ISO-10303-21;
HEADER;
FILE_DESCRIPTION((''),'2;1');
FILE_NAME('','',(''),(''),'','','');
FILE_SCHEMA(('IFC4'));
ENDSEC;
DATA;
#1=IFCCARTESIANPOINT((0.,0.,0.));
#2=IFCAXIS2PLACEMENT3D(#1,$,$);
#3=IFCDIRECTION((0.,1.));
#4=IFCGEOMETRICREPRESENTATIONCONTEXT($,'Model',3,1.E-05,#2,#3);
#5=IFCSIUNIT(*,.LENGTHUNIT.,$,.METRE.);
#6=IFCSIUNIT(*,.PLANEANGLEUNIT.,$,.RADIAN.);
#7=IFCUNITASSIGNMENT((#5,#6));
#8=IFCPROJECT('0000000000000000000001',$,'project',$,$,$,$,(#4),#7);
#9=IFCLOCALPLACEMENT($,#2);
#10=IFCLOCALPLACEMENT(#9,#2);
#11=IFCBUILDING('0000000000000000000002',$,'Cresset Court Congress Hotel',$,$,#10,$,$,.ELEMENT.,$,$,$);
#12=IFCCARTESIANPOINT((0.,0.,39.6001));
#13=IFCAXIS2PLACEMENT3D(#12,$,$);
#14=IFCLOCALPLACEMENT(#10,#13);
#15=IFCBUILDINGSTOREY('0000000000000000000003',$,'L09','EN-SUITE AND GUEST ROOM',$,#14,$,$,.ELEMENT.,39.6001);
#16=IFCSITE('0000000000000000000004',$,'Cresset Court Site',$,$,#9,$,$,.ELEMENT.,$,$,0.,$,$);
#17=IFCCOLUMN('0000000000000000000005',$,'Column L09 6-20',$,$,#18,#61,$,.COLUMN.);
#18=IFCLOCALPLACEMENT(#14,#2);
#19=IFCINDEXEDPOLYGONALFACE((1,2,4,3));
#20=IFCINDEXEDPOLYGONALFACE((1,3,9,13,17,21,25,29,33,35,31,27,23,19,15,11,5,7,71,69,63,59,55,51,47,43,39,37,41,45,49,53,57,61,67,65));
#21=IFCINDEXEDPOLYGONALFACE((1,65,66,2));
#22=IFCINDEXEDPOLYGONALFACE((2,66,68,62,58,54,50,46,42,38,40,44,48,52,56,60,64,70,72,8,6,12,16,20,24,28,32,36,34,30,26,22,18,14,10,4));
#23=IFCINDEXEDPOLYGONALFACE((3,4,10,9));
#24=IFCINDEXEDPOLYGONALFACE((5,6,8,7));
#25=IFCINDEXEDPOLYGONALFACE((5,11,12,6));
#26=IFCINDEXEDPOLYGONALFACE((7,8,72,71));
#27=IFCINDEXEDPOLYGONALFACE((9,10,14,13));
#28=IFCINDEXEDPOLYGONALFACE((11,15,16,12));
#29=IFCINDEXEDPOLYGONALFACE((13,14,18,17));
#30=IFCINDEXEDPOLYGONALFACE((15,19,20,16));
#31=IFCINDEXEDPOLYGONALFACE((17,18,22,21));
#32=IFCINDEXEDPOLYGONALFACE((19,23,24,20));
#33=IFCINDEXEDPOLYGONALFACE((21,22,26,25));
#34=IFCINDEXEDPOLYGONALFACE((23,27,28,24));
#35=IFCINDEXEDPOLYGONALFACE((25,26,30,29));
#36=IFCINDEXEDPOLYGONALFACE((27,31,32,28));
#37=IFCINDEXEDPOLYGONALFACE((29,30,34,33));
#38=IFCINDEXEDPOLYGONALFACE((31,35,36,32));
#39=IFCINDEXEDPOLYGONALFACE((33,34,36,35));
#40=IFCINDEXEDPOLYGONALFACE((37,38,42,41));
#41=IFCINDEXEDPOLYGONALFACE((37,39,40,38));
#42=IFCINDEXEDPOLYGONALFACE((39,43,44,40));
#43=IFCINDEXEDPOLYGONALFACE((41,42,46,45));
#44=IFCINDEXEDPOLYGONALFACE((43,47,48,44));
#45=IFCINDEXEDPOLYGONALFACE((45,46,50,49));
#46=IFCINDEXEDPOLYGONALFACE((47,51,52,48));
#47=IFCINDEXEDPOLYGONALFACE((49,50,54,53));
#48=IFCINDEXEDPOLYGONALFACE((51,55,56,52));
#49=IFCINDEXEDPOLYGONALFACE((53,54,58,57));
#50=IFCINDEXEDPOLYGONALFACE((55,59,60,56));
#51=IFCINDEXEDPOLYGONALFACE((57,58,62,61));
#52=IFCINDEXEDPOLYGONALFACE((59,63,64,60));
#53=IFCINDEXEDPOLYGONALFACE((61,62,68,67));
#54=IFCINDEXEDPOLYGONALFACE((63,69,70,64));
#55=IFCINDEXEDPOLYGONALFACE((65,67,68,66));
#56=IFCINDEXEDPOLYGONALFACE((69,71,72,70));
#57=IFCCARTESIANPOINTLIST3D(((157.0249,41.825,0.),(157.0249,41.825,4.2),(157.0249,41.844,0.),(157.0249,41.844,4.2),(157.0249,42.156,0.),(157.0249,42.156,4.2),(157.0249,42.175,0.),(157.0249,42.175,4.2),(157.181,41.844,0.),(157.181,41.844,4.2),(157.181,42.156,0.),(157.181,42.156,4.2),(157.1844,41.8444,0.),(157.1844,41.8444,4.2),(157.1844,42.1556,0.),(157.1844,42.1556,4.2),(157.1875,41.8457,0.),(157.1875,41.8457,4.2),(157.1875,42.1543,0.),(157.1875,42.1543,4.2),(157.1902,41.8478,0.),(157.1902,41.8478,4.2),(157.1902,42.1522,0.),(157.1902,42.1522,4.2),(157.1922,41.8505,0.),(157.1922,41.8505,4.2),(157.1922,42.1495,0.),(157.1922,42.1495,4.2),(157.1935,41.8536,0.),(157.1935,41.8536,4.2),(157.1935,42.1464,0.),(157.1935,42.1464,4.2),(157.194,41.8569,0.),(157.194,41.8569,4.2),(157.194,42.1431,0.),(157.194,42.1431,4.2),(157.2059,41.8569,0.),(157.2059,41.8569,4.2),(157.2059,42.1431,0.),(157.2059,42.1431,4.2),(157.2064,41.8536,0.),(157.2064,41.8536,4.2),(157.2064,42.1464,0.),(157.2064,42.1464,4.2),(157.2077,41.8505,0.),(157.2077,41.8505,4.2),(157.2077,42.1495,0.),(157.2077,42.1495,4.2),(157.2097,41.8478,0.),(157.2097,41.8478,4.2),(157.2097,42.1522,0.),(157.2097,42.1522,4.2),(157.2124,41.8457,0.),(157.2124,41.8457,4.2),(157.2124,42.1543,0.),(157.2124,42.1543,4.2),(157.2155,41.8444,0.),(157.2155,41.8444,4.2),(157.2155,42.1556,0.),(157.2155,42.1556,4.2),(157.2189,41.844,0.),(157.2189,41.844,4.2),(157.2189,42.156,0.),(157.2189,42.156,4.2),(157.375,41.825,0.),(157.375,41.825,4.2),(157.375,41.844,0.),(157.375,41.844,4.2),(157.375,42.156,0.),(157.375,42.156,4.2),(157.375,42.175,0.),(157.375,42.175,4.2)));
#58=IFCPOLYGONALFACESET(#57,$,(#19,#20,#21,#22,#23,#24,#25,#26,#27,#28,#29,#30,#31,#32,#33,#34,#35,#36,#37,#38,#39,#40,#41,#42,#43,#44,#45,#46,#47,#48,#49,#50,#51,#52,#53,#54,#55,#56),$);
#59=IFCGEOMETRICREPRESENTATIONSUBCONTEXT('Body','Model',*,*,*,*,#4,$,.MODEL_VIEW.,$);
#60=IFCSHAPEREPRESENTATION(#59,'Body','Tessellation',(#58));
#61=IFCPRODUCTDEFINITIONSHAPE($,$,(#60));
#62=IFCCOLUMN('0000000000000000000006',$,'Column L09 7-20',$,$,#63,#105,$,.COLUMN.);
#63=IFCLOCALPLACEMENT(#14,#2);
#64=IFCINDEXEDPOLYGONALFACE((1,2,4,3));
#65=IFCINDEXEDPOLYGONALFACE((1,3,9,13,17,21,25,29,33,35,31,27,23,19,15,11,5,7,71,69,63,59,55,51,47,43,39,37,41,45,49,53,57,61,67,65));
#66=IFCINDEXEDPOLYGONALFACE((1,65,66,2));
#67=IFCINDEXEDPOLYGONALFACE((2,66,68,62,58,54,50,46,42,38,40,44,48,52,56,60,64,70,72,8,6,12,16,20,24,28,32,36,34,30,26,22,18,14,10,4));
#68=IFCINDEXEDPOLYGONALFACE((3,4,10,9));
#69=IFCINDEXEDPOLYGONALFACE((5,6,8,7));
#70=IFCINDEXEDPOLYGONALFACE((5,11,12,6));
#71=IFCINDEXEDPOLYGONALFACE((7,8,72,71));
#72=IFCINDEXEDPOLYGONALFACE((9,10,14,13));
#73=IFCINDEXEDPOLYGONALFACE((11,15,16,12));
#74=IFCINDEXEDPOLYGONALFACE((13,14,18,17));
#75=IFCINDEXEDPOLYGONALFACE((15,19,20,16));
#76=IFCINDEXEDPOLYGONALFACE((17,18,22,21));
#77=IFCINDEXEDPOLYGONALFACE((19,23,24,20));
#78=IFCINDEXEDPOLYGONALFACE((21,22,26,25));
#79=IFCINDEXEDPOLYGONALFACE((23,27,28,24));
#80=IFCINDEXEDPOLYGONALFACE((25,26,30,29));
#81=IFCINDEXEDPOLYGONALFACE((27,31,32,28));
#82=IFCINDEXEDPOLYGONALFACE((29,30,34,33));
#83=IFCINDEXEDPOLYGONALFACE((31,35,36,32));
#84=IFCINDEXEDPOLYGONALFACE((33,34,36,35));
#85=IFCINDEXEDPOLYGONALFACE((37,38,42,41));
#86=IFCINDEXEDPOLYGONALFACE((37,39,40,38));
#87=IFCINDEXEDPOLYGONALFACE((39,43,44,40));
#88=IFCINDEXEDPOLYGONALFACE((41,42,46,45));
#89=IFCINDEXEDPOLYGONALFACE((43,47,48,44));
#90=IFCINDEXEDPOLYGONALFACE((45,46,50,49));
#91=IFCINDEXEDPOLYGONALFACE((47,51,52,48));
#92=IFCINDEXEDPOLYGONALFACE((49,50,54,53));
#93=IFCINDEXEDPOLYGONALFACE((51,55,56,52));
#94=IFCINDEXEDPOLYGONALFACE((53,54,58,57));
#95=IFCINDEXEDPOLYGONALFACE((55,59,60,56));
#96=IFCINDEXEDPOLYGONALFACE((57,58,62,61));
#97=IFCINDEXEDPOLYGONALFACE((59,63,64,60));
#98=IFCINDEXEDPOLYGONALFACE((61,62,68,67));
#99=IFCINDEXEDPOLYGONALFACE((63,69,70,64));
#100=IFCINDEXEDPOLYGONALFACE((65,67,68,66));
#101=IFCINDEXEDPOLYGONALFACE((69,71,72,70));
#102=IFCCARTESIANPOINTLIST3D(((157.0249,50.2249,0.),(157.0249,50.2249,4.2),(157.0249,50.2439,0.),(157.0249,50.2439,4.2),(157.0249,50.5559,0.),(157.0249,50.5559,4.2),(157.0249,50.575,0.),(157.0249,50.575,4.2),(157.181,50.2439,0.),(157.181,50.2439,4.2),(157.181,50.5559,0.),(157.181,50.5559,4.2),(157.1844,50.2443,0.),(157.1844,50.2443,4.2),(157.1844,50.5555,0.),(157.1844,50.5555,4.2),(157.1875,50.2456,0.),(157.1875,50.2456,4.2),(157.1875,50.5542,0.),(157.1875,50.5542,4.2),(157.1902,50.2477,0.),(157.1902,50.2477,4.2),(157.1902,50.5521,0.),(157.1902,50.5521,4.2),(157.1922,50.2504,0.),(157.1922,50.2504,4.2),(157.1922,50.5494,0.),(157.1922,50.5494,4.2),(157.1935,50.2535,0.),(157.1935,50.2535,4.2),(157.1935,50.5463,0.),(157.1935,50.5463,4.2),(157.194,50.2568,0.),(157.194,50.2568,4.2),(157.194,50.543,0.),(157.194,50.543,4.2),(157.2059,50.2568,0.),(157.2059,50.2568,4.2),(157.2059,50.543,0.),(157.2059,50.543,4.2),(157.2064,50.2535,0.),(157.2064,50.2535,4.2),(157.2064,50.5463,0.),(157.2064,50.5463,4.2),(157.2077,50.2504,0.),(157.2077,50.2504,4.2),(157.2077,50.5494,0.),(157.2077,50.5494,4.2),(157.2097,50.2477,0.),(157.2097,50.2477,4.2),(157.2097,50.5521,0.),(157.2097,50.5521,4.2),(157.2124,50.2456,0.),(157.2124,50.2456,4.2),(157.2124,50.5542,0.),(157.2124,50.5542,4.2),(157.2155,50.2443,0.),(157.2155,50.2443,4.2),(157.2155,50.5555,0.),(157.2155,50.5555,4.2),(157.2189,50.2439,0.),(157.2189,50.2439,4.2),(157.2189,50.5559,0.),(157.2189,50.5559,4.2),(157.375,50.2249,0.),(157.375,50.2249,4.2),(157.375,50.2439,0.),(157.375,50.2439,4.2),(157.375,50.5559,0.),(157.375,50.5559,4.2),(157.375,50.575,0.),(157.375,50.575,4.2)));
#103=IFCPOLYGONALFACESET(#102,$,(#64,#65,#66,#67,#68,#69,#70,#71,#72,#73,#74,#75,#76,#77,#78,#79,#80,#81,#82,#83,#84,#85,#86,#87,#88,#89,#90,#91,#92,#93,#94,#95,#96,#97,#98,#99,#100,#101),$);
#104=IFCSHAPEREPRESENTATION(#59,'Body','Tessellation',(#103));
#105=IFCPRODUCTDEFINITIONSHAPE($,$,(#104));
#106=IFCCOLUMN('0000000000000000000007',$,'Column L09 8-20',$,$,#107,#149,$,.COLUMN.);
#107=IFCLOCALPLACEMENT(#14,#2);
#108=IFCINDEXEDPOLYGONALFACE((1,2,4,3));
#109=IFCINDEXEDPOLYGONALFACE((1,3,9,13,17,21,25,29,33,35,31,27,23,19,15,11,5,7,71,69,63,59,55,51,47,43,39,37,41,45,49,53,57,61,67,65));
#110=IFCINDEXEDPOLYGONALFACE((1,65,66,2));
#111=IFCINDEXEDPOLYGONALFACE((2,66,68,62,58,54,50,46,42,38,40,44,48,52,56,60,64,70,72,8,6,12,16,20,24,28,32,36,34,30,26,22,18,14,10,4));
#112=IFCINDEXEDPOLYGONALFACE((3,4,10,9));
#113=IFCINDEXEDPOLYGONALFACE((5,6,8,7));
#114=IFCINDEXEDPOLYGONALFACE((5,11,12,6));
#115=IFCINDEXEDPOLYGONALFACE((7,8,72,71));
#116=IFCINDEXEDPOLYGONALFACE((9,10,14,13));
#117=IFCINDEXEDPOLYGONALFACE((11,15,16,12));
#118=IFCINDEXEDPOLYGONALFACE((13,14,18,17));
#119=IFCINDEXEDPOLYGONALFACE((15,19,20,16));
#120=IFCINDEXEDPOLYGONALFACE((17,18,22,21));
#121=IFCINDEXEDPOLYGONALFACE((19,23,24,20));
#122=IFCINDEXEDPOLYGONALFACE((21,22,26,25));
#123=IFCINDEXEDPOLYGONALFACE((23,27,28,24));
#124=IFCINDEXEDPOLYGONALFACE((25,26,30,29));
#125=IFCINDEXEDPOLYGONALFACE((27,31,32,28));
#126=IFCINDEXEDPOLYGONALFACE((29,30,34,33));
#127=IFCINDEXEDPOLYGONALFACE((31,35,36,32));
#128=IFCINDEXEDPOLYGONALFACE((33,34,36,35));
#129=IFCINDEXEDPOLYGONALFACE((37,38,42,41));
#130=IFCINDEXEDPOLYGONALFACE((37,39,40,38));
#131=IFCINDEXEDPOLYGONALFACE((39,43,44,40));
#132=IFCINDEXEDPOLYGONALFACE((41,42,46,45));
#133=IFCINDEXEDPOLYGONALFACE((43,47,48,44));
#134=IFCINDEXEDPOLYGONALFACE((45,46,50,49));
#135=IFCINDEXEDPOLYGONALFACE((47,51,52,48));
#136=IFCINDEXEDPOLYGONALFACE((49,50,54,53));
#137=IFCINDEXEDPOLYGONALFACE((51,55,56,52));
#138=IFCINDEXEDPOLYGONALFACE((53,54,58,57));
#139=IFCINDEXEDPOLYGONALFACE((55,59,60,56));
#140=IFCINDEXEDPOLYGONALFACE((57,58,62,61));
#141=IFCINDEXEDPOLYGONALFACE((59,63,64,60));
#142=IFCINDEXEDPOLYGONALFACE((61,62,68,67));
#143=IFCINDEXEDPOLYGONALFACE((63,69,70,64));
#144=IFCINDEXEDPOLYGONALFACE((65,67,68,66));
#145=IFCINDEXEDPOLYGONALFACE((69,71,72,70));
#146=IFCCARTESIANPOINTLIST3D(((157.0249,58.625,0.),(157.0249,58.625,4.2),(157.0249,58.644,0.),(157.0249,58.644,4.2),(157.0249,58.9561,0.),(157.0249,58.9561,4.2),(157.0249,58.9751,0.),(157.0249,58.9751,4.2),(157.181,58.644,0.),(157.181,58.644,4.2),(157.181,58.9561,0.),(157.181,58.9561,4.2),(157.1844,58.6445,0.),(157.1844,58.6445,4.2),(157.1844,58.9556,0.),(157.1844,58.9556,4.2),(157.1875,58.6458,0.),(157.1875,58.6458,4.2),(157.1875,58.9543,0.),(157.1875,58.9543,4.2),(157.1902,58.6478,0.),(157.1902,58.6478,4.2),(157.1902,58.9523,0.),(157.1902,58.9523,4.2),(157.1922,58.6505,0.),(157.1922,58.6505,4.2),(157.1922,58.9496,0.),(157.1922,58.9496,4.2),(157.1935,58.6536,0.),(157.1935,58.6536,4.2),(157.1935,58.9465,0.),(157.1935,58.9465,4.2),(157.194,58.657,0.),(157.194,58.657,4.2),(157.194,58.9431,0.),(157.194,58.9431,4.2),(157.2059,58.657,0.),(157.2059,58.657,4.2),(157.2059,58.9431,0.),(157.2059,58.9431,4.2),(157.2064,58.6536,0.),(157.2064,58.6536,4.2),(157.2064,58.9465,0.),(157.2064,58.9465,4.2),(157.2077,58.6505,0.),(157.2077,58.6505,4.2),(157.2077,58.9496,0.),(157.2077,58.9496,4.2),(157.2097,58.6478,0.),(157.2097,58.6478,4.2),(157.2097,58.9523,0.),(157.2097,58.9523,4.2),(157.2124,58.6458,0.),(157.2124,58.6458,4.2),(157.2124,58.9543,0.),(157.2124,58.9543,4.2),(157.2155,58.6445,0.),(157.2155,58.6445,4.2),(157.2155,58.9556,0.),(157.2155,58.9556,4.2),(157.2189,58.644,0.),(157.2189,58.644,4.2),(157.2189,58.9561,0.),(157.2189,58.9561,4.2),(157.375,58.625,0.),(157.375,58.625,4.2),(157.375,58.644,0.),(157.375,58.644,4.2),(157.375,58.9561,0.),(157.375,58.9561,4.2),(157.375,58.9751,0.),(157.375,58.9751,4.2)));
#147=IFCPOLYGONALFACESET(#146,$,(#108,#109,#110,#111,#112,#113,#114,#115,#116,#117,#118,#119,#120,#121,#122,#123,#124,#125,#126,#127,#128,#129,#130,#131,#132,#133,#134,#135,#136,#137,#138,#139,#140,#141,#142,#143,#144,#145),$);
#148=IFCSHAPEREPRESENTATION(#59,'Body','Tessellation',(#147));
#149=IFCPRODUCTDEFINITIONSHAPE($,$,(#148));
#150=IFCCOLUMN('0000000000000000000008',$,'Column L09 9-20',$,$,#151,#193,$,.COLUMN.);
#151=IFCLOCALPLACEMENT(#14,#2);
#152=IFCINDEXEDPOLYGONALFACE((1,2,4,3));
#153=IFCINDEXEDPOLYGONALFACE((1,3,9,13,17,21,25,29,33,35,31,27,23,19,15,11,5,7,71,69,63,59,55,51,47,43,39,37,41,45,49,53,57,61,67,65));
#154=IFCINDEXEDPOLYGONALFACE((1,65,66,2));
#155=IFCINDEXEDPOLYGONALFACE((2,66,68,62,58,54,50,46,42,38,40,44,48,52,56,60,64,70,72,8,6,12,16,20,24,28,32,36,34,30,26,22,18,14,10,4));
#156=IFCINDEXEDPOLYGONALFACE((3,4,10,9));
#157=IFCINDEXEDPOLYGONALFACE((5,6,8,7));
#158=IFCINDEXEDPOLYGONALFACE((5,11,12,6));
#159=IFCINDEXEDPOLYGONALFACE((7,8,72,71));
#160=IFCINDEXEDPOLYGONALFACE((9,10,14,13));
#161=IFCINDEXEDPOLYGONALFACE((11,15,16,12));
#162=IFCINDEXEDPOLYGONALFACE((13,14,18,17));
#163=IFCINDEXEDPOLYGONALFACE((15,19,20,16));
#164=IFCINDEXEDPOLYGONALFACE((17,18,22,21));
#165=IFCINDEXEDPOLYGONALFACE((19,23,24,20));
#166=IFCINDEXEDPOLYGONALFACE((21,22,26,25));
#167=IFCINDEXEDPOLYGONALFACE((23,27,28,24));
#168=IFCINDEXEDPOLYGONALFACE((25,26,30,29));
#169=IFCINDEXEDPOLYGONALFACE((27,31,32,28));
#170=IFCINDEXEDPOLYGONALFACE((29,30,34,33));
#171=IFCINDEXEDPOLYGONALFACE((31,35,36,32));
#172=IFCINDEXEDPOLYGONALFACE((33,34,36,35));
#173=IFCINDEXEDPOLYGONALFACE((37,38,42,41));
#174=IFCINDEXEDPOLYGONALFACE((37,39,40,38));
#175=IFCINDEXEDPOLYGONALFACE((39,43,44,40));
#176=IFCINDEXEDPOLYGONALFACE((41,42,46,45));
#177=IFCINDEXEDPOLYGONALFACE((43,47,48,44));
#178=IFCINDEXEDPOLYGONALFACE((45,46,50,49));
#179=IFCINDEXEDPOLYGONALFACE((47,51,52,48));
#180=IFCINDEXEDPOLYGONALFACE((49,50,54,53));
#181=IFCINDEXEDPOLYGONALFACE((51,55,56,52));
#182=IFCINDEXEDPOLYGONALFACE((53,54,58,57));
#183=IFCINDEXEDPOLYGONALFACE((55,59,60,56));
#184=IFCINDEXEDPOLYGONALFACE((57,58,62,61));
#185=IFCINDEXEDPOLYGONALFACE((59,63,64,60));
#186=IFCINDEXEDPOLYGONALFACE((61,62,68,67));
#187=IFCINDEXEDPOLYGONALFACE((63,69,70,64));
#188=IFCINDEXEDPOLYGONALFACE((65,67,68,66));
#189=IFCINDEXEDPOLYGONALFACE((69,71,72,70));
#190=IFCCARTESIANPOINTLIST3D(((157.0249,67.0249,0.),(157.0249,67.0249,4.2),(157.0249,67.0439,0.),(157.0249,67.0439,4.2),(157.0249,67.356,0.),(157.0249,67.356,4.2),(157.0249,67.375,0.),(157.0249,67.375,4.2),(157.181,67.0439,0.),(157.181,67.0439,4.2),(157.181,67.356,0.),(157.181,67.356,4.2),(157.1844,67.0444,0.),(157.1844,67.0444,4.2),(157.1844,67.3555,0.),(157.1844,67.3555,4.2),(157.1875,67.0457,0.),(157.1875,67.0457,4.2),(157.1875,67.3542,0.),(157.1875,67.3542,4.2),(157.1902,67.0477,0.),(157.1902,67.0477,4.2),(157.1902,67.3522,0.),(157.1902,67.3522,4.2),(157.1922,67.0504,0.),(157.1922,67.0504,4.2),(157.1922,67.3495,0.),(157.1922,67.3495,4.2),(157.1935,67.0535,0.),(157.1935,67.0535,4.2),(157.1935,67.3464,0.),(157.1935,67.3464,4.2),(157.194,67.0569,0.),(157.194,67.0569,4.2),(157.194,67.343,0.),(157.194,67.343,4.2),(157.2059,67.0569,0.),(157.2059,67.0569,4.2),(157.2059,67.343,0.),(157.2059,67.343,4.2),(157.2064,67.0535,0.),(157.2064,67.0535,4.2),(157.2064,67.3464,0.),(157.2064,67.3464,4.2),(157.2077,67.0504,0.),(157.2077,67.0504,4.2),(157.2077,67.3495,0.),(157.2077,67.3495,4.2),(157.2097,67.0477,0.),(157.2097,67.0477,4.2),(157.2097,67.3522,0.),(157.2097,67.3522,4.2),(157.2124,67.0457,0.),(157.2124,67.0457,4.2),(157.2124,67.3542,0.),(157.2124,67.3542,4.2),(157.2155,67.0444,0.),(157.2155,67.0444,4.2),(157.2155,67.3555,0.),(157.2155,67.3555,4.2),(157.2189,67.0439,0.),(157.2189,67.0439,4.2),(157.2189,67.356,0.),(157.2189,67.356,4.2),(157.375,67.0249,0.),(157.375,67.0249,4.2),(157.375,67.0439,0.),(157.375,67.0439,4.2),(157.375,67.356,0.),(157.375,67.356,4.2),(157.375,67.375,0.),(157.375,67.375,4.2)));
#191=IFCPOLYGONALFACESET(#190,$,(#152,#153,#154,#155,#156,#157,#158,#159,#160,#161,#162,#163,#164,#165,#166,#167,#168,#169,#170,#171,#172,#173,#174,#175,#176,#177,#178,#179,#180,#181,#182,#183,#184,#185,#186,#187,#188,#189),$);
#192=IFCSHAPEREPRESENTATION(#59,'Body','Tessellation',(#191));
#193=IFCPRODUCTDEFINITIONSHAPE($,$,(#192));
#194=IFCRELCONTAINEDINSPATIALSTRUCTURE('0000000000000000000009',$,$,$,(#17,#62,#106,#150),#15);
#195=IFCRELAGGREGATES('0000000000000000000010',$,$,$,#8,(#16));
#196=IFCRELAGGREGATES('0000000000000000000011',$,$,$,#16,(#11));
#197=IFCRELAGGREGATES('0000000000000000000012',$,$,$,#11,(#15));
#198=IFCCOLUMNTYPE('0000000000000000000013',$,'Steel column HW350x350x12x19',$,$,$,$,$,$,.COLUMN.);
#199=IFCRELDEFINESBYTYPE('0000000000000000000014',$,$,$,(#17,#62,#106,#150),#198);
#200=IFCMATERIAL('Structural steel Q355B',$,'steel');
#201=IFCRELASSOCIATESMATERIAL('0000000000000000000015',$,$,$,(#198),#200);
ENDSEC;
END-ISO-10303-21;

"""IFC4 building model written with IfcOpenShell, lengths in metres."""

from ifc_helpers import new_model, si_unit, direction, frame, origin, origin_2d, place, context, subcontext, project, spatial, i_section, extrude, material, material_profile, profile_set, type_object, element, save


model = new_model("IFC4")

# Units and contexts
model_context = context("Model", 3, precision=1e-05, world=origin(), true_north=direction((0.0, 1.0)))
body_context = subcontext(model_context, "Body", "Model", "MODEL_VIEW")
ifc_project = project(units=[si_unit("LENGTHUNIT", "METRE"), si_unit("PLANEANGLEUNIT", "RADIAN")], contexts=[model_context])

# Site, building, storey
site_placement = place(None, origin())
site = spatial("IfcSite", under=ifc_project, at=site_placement, Name="Cresset Court Site", CompositionType="ELEMENT", RefElevation=0.0)
building_placement = place(site_placement, origin())
building = spatial("IfcBuilding", under=site, at=building_placement, Name="Cresset Court Congress Hotel", CompositionType="ELEMENT")
storey_placement = place(building_placement, frame((0.0, 0.0, 39.6001)))
storey = spatial("IfcBuildingStorey", under=building, at=storey_placement, Name="L09", Description="EN-SUITE AND GUEST ROOM", CompositionType="ELEMENT", Elevation=39.6001)

# Columns
ifc_material_1 = material(Name="Structural steel Q355B", Category="steel")
ifc_material_profile_1 = material_profile(ifc_material_1, i_section(OverallWidth=0.3501, OverallDepth=0.3501, WebThickness=0.012, FlangeThickness=0.019, FilletRadius=0.0129, at=origin_2d()), Name="HW350x350x12x19")
ifc_profile_set_1 = profile_set([ifc_material_profile_1], Name="Structural steel Q355B")
column_type = type_object("IfcColumnType", Name="Steel column HW350x350x12x19", PredefinedType="COLUMN", material=ifc_profile_set_1)
for number, where, z_axis, x_axis, name in (
    (1, (157.2, 42.0, 0.0), (0.0, 0.0, 1.0), (1.0, 0.0, 0.0), "Column L09 6-20"),
    (2, (157.2, 50.3999, 0.0), (0.0, 0.0, 1.0), (1.0, 0.0, 0.0), "Column L09 7-20"),
    (3, (157.2, 58.8, 0.0), (0.0, 0.0, 1.0), (1.0, 0.0, 0.0), "Column L09 8-20"),
    (4, (157.2, 67.2, 0.0), (0.0, 0.0, 1.0), (1.0, 0.0, 0.0), "Column L09 9-20"),
):
    element("IfcColumn", number, at=place(storey_placement, frame(where, z_axis=z_axis, x_axis=x_axis)), inside=storey, type_object=column_type, Name=name, PredefinedType="COLUMN", context=body_context, shape_type="SweptSolid", body=[
        extrude(i_section(OverallWidth=0.3501, OverallDepth=0.3501, WebThickness=0.012, FlangeThickness=0.019, FilletRadius=0.0129, at=origin_2d()), origin(), (0.0, 0.0, 1.0), 4.2),
    ])

save(model, "model.ifc")
